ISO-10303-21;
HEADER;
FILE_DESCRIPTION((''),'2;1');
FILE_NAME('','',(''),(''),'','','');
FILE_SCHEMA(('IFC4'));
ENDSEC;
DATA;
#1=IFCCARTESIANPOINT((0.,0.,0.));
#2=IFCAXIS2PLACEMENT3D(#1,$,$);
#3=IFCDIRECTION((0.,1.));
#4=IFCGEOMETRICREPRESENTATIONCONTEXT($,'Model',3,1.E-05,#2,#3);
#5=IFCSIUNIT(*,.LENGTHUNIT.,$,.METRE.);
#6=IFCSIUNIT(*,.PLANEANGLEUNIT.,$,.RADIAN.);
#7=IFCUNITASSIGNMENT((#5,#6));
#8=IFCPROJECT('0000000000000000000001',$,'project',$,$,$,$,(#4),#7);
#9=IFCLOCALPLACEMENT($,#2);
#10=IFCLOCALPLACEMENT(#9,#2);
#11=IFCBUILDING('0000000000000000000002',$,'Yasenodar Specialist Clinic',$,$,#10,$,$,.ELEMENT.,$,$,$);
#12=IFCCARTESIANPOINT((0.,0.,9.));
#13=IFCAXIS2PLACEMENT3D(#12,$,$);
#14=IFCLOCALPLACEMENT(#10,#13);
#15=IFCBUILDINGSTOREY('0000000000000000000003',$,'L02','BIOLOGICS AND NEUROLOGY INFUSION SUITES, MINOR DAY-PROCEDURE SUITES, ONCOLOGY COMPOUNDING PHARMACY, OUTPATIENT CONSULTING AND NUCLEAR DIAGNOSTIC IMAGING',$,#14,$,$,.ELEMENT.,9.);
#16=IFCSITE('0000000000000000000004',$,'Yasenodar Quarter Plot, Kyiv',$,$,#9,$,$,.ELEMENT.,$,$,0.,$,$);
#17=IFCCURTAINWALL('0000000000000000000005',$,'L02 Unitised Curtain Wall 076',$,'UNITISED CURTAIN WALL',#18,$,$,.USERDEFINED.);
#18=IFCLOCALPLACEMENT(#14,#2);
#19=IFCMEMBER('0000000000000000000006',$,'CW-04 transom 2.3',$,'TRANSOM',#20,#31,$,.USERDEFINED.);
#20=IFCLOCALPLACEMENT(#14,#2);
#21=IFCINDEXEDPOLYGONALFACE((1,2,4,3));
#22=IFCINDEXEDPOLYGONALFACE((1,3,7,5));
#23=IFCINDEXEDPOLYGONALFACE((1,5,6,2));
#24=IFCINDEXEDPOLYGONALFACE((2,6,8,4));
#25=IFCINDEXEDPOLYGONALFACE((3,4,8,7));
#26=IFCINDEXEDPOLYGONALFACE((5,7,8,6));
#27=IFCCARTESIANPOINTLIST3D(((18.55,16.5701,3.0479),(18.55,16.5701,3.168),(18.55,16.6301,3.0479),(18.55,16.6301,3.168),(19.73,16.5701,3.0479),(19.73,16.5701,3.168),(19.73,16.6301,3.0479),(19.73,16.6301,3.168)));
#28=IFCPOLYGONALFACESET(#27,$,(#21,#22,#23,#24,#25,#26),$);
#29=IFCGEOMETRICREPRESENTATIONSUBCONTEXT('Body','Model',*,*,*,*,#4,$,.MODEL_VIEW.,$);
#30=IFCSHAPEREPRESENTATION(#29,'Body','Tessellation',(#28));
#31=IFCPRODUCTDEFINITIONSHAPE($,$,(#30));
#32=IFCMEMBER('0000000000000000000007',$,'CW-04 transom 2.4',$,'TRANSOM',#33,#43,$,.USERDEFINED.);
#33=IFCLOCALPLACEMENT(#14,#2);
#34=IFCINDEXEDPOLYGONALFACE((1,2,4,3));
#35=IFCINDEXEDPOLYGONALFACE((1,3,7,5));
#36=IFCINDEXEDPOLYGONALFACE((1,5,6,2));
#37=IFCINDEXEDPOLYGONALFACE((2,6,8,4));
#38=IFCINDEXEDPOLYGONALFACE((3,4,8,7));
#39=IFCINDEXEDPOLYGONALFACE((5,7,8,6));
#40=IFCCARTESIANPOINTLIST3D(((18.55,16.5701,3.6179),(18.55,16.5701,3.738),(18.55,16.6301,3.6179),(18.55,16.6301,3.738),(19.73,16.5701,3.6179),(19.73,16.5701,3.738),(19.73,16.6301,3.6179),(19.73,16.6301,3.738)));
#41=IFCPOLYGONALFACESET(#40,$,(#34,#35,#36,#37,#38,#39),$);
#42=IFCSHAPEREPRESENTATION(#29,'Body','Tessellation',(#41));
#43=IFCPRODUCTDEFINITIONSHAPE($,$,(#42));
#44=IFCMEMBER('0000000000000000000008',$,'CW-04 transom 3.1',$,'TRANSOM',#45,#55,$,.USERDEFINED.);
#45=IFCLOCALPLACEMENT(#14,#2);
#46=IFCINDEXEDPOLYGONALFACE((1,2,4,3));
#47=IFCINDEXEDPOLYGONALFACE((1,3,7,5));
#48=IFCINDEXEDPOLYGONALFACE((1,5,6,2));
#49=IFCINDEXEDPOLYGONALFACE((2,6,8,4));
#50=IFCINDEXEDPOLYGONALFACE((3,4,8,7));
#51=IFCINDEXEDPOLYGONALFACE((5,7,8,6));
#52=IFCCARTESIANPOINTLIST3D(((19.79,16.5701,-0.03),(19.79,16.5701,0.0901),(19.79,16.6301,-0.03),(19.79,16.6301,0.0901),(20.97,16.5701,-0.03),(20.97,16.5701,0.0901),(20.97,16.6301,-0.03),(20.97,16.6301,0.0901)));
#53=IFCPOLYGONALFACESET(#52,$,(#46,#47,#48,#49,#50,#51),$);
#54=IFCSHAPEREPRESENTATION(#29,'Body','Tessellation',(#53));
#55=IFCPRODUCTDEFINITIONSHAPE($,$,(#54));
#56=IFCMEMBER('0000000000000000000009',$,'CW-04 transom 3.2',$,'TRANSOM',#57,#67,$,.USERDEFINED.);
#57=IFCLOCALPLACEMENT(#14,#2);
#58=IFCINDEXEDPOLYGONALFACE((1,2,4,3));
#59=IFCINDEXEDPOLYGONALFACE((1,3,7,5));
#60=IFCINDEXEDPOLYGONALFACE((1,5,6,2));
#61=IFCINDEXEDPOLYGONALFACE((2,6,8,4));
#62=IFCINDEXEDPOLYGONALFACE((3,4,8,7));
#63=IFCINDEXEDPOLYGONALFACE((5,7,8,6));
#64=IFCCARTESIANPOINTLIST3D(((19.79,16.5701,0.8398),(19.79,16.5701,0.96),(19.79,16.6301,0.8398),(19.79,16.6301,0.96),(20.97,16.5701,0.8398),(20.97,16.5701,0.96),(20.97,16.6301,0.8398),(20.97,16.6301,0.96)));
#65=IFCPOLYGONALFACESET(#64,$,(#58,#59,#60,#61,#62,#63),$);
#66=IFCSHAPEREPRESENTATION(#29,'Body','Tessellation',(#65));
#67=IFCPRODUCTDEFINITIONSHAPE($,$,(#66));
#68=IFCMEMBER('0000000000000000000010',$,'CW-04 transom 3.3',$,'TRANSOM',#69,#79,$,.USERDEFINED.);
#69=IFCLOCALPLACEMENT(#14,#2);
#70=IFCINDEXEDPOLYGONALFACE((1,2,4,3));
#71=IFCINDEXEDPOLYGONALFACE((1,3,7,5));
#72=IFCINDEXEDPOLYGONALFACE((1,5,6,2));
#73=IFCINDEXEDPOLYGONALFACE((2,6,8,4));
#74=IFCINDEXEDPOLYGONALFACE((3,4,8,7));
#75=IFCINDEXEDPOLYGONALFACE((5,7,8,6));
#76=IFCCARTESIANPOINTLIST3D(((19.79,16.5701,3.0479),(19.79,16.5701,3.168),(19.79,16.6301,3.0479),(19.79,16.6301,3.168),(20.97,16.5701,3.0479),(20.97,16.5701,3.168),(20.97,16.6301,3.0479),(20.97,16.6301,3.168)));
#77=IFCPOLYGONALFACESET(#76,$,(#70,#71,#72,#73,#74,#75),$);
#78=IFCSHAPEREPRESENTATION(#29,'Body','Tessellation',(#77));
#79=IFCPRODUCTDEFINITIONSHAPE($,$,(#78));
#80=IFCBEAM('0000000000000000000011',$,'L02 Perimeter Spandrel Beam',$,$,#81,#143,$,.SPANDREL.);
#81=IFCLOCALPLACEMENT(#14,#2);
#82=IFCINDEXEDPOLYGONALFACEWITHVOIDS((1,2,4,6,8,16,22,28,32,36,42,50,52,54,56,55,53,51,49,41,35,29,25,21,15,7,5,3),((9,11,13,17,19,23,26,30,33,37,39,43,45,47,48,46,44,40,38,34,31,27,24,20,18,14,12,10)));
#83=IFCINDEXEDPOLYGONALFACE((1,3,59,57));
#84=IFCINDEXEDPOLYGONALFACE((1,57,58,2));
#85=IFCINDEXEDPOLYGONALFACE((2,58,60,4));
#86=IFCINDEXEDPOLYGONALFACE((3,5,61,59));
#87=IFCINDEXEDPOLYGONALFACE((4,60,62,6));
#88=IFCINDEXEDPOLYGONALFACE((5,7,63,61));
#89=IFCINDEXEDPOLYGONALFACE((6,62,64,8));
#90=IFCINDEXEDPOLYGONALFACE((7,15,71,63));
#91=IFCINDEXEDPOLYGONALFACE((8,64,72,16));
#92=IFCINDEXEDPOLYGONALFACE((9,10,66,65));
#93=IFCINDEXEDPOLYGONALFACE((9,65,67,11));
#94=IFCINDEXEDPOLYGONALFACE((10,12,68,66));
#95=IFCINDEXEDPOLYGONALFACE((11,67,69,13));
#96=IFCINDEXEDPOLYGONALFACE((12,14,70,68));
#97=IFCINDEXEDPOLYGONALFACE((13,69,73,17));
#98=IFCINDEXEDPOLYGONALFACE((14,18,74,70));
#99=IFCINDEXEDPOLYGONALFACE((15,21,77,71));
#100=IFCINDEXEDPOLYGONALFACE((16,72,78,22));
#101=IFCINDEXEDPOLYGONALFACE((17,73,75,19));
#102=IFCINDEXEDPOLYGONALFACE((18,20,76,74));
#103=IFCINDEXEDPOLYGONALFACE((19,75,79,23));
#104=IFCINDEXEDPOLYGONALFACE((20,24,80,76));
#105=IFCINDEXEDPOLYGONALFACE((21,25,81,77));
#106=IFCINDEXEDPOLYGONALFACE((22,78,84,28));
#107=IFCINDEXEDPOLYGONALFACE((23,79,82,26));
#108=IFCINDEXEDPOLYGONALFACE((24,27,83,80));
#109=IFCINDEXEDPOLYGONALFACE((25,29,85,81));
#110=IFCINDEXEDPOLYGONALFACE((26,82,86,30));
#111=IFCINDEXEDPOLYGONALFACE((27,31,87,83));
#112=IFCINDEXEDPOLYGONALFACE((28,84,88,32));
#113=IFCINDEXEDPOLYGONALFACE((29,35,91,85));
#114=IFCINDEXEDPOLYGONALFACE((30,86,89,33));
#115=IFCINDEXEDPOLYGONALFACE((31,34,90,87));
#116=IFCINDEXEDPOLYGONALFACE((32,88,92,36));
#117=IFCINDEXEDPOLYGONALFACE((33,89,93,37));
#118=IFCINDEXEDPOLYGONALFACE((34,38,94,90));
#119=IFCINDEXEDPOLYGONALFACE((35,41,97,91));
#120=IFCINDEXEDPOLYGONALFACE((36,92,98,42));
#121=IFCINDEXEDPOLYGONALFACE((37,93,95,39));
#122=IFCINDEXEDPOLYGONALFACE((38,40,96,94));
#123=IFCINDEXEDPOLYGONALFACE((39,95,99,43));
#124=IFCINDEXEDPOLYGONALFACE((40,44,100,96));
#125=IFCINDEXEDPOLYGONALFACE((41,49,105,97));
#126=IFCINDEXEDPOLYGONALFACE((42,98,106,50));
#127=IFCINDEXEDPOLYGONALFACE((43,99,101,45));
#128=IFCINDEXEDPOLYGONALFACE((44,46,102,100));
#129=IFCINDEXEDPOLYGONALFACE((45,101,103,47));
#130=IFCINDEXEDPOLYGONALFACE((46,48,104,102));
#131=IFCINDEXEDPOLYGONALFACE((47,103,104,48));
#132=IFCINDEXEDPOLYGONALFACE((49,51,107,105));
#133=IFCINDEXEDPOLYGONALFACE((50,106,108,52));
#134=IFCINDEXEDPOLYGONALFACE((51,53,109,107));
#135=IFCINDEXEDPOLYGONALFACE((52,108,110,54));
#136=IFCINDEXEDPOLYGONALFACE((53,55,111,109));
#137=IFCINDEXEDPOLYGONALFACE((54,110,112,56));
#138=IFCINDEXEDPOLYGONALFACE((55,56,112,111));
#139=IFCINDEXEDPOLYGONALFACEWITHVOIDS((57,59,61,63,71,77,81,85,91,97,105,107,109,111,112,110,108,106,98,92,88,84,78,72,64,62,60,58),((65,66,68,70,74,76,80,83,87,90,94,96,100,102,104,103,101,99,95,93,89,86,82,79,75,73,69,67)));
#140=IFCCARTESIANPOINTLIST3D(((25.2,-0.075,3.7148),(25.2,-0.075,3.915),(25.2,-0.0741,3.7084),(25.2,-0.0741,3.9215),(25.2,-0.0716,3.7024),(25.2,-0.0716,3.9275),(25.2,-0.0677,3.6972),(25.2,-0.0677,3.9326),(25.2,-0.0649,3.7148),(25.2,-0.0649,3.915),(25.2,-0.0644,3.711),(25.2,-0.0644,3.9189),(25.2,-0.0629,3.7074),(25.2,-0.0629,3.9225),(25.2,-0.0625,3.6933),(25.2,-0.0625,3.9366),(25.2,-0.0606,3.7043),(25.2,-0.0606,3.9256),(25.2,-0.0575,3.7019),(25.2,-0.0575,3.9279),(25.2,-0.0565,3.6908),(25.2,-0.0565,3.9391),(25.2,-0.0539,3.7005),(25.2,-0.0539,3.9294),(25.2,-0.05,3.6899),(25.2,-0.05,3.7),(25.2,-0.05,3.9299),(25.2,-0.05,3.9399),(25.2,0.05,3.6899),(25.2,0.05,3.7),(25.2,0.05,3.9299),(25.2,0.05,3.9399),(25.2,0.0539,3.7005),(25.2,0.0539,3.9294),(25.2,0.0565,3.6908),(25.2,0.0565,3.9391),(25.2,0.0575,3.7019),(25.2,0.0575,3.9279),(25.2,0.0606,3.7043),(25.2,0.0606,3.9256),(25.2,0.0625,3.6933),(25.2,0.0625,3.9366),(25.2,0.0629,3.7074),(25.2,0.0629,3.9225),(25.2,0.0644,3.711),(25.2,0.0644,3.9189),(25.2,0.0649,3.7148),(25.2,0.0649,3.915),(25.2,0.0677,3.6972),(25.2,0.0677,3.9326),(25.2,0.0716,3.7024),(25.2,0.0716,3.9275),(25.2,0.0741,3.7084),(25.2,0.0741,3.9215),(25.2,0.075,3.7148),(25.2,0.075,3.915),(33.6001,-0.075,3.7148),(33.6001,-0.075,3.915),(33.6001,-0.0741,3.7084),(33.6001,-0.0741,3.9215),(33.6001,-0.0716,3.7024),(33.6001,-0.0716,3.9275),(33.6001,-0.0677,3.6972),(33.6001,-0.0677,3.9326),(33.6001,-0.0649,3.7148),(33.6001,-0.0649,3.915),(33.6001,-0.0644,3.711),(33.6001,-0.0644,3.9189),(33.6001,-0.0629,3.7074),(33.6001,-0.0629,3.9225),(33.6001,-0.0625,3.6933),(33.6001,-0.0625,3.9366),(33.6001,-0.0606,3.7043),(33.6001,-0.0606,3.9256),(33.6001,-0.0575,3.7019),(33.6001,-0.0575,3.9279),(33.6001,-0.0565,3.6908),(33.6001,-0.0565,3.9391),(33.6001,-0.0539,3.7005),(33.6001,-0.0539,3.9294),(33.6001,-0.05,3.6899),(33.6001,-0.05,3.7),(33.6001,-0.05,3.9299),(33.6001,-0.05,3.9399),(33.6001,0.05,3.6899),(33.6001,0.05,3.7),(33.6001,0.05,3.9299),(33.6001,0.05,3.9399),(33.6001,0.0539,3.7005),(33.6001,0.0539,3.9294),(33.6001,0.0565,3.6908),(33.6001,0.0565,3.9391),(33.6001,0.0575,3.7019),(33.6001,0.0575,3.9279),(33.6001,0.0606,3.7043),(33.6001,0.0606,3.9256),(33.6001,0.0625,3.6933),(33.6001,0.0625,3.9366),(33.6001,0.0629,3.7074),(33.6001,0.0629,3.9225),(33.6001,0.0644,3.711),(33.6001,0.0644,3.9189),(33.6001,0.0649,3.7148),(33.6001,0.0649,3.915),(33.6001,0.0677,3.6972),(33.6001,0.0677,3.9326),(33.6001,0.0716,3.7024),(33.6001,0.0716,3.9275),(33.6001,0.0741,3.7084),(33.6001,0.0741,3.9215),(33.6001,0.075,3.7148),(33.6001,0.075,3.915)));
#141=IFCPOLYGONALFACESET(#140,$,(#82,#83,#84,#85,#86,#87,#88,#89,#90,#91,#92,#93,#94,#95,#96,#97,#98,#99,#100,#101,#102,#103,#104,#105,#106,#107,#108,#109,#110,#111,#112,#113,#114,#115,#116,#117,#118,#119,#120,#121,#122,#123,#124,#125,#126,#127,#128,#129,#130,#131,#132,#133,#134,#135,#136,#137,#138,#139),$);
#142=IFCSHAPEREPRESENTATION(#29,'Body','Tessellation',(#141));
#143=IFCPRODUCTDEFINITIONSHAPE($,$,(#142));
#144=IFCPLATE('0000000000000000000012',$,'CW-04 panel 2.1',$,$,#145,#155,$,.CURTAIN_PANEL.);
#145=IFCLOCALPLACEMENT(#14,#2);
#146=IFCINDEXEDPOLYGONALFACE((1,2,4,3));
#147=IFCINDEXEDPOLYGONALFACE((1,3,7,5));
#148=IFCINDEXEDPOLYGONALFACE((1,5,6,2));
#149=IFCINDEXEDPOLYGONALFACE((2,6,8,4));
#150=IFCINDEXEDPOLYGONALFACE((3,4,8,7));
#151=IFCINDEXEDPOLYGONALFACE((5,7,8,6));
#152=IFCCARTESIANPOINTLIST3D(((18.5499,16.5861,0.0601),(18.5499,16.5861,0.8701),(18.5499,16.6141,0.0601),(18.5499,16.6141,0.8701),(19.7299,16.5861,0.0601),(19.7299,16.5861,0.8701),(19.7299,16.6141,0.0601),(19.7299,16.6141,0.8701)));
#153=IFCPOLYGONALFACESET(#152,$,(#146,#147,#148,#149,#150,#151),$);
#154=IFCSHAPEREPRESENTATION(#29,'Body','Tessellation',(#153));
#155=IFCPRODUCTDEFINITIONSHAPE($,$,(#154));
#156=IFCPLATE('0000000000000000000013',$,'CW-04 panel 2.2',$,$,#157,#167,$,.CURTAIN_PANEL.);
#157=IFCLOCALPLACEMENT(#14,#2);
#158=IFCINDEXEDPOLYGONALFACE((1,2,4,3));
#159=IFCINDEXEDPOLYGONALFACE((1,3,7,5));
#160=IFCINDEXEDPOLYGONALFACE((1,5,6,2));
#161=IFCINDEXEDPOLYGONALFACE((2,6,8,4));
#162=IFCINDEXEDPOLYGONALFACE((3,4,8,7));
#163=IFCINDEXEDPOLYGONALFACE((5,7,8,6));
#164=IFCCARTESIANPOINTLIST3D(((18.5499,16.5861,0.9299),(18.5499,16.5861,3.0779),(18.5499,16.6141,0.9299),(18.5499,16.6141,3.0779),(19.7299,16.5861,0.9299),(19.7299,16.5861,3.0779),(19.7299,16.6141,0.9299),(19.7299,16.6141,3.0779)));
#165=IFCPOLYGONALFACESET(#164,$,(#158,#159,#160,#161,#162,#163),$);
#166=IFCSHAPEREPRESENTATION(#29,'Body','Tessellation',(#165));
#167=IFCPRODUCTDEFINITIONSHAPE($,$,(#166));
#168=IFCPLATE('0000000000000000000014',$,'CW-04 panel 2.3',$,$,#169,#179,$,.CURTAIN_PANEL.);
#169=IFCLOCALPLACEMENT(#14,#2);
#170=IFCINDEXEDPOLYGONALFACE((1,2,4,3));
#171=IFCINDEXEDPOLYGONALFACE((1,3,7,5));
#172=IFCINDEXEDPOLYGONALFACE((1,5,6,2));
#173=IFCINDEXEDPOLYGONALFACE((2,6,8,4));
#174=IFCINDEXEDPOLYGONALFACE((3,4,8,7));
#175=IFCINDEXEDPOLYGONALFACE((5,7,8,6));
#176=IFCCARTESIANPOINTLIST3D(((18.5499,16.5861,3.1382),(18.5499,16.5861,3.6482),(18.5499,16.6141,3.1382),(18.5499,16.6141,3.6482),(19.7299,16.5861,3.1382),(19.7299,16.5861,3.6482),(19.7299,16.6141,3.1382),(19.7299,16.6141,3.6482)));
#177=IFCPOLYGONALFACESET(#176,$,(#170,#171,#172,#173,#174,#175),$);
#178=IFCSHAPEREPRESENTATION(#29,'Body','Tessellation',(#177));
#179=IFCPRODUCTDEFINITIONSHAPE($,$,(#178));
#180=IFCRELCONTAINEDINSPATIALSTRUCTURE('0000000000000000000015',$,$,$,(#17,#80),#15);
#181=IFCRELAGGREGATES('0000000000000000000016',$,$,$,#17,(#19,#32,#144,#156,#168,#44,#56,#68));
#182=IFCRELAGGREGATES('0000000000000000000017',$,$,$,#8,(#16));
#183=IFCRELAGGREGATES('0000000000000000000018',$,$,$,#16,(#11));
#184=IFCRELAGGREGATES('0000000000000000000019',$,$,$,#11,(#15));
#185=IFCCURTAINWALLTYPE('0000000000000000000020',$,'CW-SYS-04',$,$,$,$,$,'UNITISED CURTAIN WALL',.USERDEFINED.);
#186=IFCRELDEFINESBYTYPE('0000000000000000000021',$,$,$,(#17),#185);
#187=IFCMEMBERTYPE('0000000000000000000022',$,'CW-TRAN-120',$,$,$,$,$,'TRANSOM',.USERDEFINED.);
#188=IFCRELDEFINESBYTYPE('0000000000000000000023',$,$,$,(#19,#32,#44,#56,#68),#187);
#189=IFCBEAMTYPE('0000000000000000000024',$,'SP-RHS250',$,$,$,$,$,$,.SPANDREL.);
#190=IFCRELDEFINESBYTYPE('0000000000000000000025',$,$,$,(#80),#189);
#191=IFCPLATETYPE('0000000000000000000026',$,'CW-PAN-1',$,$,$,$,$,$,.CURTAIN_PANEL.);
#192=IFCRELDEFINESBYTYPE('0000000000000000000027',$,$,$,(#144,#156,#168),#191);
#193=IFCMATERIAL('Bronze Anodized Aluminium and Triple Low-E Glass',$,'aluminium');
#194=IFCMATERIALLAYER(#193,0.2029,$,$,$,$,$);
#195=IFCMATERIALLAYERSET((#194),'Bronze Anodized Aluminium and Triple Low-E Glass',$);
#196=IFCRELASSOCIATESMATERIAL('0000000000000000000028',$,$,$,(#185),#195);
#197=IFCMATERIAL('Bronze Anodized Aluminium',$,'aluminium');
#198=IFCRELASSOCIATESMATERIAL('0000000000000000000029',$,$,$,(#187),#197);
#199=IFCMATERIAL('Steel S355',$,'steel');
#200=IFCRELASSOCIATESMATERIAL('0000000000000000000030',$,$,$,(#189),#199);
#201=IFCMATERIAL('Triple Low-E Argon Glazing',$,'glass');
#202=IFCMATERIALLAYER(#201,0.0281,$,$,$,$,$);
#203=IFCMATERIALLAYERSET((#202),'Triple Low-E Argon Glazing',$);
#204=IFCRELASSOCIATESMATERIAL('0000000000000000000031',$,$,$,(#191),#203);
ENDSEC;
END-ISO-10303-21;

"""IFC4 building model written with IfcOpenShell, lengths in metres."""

from ifc_helpers import new_model, si_unit, direction, frame, origin, origin_2d, place, context, subcontext, project, spatial, rectangle, hollow_rectangle, extrude, material, layer, layer_set, material_profile, profile_set, type_object, element, aggregate, save


model = new_model("IFC4")

# Units and contexts
model_context = context("Model", 3, precision=1e-05, world=origin(), true_north=direction((0.0, 1.0)))
body_context = subcontext(model_context, "Body", "Model", "MODEL_VIEW")
ifc_project = project(units=[si_unit("LENGTHUNIT", "METRE"), si_unit("PLANEANGLEUNIT", "RADIAN")], contexts=[model_context])

# Site, building, storey
site_placement = place(None, origin())
site = spatial("IfcSite", under=ifc_project, at=site_placement, Name="Yasenodar Quarter Plot, Kyiv", CompositionType="ELEMENT", RefElevation=0.0)
building_placement = place(site_placement, origin())
building = spatial("IfcBuilding", under=site, at=building_placement, Name="Yasenodar Specialist Clinic", CompositionType="ELEMENT")
storey_placement = place(building_placement, frame((0.0, 0.0, 9.0)))
storey = spatial("IfcBuildingStorey", under=building, at=storey_placement, Name="L02", Description="BIOLOGICS AND NEUROLOGY INFUSION SUITES, MINOR DAY-PROCEDURE SUITES, ONCOLOGY COMPOUNDING PHARMACY, OUTPATIENT CONSULTING AND NUCLEAR DIAGNOSTIC IMAGING", CompositionType="ELEMENT", Elevation=9.0)

# Shared definitions
ifc_material_1 = material(Name="Steel S355", Category="steel")

# Curtain wall, members
ifc_material_2 = material(Name="Bronze Anodized Aluminium and Triple Low-E Glass", Category="aluminium")
ifc_layer_1 = layer(ifc_material_2, 0.2029)
ifc_layer_set_1 = layer_set([ifc_layer_1], Name="Bronze Anodized Aluminium and Triple Low-E Glass")
curtain_wall_type = type_object("IfcCurtainWallType", Name="CW-SYS-04", ElementType="UNITISED CURTAIN WALL", PredefinedType="USERDEFINED", material=ifc_layer_set_1)
curtain_wall_placement = place(storey_placement, origin())
curtain_wall = element("IfcCurtainWall", 1, at=curtain_wall_placement, inside=storey, type_object=curtain_wall_type, Name="L02 Unitised Curtain Wall 076", ObjectType="UNITISED CURTAIN WALL", PredefinedType="USERDEFINED")
ifc_material_3 = material(Name="Bronze Anodized Aluminium", Category="aluminium")
ifc_material_profile_1 = material_profile(ifc_material_3, rectangle(XDim=0.0601, YDim=0.1201, at=origin_2d()), Name="CW-TRAN 60x120")
ifc_profile_set_1 = profile_set([ifc_material_profile_1], Name="Bronze Anodized Aluminium")
member_type_1 = type_object("IfcMemberType", Name="CW-TRAN-120", ElementType="TRANSOM", PredefinedType="USERDEFINED", material=ifc_profile_set_1)
member_1_placement = place(storey_placement, frame((18.55, 16.6001, 3.1079), z_axis=(1.0, 0.0, 0.0), x_axis=(0.0, 1.0, 0.0)))
member_1 = element("IfcMember", 2, at=member_1_placement, type_object=member_type_1, Name="CW-04 transom 2.3", ObjectType="TRANSOM", PredefinedType="USERDEFINED", context=body_context, shape_type="SweptSolid", body=[
    extrude(rectangle(XDim=0.0601, YDim=0.1201, at=origin_2d()), origin(), (0.0, 0.0, 1.0), 1.1799),
])
member_2_placement = place(storey_placement, frame((18.55, 16.6001, 3.678), z_axis=(1.0, 0.0, 0.0), x_axis=(0.0, 1.0, 0.0)))
member_2 = element("IfcMember", 3, at=member_2_placement, type_object=member_type_1, Name="CW-04 transom 2.4", ObjectType="TRANSOM", PredefinedType="USERDEFINED", context=body_context, shape_type="SweptSolid", body=[
    extrude(rectangle(XDim=0.0601, YDim=0.1201, at=origin_2d()), origin(), (0.0, 0.0, 1.0), 1.1799),
])
member_3_placement = place(storey_placement, frame((19.79, 16.6001, 0.03), z_axis=(1.0, 0.0, 0.0), x_axis=(0.0, 1.0, 0.0)))
member_3 = element("IfcMember", 4, at=member_3_placement, type_object=member_type_1, Name="CW-04 transom 3.1", ObjectType="TRANSOM", PredefinedType="USERDEFINED", context=body_context, shape_type="SweptSolid", body=[
    extrude(rectangle(XDim=0.0601, YDim=0.1201, at=origin_2d()), origin(), (0.0, 0.0, 1.0), 1.1799),
])
member_4_placement = place(storey_placement, frame((19.79, 16.6001, 0.8999), z_axis=(1.0, 0.0, 0.0), x_axis=(0.0, 1.0, 0.0)))
member_4 = element("IfcMember", 5, at=member_4_placement, type_object=member_type_1, Name="CW-04 transom 3.2", ObjectType="TRANSOM", PredefinedType="USERDEFINED", context=body_context, shape_type="SweptSolid", body=[
    extrude(rectangle(XDim=0.0601, YDim=0.1201, at=origin_2d()), origin(), (0.0, 0.0, 1.0), 1.1799),
])
member_5_placement = place(storey_placement, frame((19.79, 16.6001, 3.1079), z_axis=(1.0, 0.0, 0.0), x_axis=(0.0, 1.0, 0.0)))
member_5 = element("IfcMember", 6, at=member_5_placement, type_object=member_type_1, Name="CW-04 transom 3.3", ObjectType="TRANSOM", PredefinedType="USERDEFINED", context=body_context, shape_type="SweptSolid", body=[
    extrude(rectangle(XDim=0.0601, YDim=0.1201, at=origin_2d()), origin(), (0.0, 0.0, 1.0), 1.1799),
])

# Beam
ifc_material_profile_2 = material_profile(ifc_material_1, hollow_rectangle(XDim=0.1499, YDim=0.25, WallThickness=0.01, InnerFilletRadius=0.0149, OuterFilletRadius=0.0249, at=origin_2d()), Name="RHS 250x150x10")
ifc_profile_set_2 = profile_set([ifc_material_profile_2], Name="Steel S355")
beam_type_1 = type_object("IfcBeamType", Name="SP-RHS250", PredefinedType="SPANDREL", material=ifc_profile_set_2)
beam_1_placement = place(storey_placement, frame((25.2, 0.0, 3.8149), z_axis=(1.0, 0.0, 0.0), x_axis=(0.0, 1.0, 0.0)))
element("IfcBeam", 7, at=beam_1_placement, inside=storey, type_object=beam_type_1, Name="L02 Perimeter Spandrel Beam", PredefinedType="SPANDREL", context=body_context, shape_type="SweptSolid", body=[
    extrude(hollow_rectangle(XDim=0.1499, YDim=0.25, WallThickness=0.01, InnerFilletRadius=0.0149, OuterFilletRadius=0.0249, at=origin_2d()), origin(), (0.0, 0.0, 1.0), 8.4001),
])

# Plates
ifc_material_4 = material(Name="Triple Low-E Argon Glazing", Category="glass")
ifc_layer_2 = layer(ifc_material_4, 0.0281)
ifc_layer_set_2 = layer_set([ifc_layer_2], Name="Triple Low-E Argon Glazing")
plate_type = type_object("IfcPlateType", Name="CW-PAN-1", PredefinedType="CURTAIN_PANEL", material=ifc_layer_set_2)
plate_1_placement = place(storey_placement, frame((19.1399, 16.6001, 0.0601), z_axis=(0.0, 0.0, 1.0), x_axis=(1.0, 0.0, 0.0)))
plate_1 = element("IfcPlate", 8, at=plate_1_placement, type_object=plate_type, Name="CW-04 panel 2.1", PredefinedType="CURTAIN_PANEL", context=body_context, shape_type="SweptSolid", body=[
    extrude(rectangle(XDim=1.1799, YDim=0.0281, at=origin_2d()), origin(), (0.0, 0.0, 1.0), 0.8101),
])
plate_2_placement = place(storey_placement, frame((19.1399, 16.6001, 0.9299), z_axis=(0.0, 0.0, 1.0), x_axis=(1.0, 0.0, 0.0)))
plate_2 = element("IfcPlate", 9, at=plate_2_placement, type_object=plate_type, Name="CW-04 panel 2.2", PredefinedType="CURTAIN_PANEL", context=body_context, shape_type="SweptSolid", body=[
    extrude(rectangle(XDim=1.1799, YDim=0.0281, at=origin_2d()), origin(), (0.0, 0.0, 1.0), 2.1479),
])
plate_3_placement = place(storey_placement, frame((19.1399, 16.6001, 3.1382), z_axis=(0.0, 0.0, 1.0), x_axis=(1.0, 0.0, 0.0)))
plate_3 = element("IfcPlate", 10, at=plate_3_placement, type_object=plate_type, Name="CW-04 panel 2.3", PredefinedType="CURTAIN_PANEL", context=body_context, shape_type="SweptSolid", body=[
    extrude(rectangle(XDim=1.1799, YDim=0.0281, at=origin_2d()), origin(), (0.0, 0.0, 1.0), 0.51),
])
aggregate(curtain_wall, [member_1, member_2, plate_1, plate_2, plate_3, member_3, member_4, member_5])

save(model, "model.ifc")
